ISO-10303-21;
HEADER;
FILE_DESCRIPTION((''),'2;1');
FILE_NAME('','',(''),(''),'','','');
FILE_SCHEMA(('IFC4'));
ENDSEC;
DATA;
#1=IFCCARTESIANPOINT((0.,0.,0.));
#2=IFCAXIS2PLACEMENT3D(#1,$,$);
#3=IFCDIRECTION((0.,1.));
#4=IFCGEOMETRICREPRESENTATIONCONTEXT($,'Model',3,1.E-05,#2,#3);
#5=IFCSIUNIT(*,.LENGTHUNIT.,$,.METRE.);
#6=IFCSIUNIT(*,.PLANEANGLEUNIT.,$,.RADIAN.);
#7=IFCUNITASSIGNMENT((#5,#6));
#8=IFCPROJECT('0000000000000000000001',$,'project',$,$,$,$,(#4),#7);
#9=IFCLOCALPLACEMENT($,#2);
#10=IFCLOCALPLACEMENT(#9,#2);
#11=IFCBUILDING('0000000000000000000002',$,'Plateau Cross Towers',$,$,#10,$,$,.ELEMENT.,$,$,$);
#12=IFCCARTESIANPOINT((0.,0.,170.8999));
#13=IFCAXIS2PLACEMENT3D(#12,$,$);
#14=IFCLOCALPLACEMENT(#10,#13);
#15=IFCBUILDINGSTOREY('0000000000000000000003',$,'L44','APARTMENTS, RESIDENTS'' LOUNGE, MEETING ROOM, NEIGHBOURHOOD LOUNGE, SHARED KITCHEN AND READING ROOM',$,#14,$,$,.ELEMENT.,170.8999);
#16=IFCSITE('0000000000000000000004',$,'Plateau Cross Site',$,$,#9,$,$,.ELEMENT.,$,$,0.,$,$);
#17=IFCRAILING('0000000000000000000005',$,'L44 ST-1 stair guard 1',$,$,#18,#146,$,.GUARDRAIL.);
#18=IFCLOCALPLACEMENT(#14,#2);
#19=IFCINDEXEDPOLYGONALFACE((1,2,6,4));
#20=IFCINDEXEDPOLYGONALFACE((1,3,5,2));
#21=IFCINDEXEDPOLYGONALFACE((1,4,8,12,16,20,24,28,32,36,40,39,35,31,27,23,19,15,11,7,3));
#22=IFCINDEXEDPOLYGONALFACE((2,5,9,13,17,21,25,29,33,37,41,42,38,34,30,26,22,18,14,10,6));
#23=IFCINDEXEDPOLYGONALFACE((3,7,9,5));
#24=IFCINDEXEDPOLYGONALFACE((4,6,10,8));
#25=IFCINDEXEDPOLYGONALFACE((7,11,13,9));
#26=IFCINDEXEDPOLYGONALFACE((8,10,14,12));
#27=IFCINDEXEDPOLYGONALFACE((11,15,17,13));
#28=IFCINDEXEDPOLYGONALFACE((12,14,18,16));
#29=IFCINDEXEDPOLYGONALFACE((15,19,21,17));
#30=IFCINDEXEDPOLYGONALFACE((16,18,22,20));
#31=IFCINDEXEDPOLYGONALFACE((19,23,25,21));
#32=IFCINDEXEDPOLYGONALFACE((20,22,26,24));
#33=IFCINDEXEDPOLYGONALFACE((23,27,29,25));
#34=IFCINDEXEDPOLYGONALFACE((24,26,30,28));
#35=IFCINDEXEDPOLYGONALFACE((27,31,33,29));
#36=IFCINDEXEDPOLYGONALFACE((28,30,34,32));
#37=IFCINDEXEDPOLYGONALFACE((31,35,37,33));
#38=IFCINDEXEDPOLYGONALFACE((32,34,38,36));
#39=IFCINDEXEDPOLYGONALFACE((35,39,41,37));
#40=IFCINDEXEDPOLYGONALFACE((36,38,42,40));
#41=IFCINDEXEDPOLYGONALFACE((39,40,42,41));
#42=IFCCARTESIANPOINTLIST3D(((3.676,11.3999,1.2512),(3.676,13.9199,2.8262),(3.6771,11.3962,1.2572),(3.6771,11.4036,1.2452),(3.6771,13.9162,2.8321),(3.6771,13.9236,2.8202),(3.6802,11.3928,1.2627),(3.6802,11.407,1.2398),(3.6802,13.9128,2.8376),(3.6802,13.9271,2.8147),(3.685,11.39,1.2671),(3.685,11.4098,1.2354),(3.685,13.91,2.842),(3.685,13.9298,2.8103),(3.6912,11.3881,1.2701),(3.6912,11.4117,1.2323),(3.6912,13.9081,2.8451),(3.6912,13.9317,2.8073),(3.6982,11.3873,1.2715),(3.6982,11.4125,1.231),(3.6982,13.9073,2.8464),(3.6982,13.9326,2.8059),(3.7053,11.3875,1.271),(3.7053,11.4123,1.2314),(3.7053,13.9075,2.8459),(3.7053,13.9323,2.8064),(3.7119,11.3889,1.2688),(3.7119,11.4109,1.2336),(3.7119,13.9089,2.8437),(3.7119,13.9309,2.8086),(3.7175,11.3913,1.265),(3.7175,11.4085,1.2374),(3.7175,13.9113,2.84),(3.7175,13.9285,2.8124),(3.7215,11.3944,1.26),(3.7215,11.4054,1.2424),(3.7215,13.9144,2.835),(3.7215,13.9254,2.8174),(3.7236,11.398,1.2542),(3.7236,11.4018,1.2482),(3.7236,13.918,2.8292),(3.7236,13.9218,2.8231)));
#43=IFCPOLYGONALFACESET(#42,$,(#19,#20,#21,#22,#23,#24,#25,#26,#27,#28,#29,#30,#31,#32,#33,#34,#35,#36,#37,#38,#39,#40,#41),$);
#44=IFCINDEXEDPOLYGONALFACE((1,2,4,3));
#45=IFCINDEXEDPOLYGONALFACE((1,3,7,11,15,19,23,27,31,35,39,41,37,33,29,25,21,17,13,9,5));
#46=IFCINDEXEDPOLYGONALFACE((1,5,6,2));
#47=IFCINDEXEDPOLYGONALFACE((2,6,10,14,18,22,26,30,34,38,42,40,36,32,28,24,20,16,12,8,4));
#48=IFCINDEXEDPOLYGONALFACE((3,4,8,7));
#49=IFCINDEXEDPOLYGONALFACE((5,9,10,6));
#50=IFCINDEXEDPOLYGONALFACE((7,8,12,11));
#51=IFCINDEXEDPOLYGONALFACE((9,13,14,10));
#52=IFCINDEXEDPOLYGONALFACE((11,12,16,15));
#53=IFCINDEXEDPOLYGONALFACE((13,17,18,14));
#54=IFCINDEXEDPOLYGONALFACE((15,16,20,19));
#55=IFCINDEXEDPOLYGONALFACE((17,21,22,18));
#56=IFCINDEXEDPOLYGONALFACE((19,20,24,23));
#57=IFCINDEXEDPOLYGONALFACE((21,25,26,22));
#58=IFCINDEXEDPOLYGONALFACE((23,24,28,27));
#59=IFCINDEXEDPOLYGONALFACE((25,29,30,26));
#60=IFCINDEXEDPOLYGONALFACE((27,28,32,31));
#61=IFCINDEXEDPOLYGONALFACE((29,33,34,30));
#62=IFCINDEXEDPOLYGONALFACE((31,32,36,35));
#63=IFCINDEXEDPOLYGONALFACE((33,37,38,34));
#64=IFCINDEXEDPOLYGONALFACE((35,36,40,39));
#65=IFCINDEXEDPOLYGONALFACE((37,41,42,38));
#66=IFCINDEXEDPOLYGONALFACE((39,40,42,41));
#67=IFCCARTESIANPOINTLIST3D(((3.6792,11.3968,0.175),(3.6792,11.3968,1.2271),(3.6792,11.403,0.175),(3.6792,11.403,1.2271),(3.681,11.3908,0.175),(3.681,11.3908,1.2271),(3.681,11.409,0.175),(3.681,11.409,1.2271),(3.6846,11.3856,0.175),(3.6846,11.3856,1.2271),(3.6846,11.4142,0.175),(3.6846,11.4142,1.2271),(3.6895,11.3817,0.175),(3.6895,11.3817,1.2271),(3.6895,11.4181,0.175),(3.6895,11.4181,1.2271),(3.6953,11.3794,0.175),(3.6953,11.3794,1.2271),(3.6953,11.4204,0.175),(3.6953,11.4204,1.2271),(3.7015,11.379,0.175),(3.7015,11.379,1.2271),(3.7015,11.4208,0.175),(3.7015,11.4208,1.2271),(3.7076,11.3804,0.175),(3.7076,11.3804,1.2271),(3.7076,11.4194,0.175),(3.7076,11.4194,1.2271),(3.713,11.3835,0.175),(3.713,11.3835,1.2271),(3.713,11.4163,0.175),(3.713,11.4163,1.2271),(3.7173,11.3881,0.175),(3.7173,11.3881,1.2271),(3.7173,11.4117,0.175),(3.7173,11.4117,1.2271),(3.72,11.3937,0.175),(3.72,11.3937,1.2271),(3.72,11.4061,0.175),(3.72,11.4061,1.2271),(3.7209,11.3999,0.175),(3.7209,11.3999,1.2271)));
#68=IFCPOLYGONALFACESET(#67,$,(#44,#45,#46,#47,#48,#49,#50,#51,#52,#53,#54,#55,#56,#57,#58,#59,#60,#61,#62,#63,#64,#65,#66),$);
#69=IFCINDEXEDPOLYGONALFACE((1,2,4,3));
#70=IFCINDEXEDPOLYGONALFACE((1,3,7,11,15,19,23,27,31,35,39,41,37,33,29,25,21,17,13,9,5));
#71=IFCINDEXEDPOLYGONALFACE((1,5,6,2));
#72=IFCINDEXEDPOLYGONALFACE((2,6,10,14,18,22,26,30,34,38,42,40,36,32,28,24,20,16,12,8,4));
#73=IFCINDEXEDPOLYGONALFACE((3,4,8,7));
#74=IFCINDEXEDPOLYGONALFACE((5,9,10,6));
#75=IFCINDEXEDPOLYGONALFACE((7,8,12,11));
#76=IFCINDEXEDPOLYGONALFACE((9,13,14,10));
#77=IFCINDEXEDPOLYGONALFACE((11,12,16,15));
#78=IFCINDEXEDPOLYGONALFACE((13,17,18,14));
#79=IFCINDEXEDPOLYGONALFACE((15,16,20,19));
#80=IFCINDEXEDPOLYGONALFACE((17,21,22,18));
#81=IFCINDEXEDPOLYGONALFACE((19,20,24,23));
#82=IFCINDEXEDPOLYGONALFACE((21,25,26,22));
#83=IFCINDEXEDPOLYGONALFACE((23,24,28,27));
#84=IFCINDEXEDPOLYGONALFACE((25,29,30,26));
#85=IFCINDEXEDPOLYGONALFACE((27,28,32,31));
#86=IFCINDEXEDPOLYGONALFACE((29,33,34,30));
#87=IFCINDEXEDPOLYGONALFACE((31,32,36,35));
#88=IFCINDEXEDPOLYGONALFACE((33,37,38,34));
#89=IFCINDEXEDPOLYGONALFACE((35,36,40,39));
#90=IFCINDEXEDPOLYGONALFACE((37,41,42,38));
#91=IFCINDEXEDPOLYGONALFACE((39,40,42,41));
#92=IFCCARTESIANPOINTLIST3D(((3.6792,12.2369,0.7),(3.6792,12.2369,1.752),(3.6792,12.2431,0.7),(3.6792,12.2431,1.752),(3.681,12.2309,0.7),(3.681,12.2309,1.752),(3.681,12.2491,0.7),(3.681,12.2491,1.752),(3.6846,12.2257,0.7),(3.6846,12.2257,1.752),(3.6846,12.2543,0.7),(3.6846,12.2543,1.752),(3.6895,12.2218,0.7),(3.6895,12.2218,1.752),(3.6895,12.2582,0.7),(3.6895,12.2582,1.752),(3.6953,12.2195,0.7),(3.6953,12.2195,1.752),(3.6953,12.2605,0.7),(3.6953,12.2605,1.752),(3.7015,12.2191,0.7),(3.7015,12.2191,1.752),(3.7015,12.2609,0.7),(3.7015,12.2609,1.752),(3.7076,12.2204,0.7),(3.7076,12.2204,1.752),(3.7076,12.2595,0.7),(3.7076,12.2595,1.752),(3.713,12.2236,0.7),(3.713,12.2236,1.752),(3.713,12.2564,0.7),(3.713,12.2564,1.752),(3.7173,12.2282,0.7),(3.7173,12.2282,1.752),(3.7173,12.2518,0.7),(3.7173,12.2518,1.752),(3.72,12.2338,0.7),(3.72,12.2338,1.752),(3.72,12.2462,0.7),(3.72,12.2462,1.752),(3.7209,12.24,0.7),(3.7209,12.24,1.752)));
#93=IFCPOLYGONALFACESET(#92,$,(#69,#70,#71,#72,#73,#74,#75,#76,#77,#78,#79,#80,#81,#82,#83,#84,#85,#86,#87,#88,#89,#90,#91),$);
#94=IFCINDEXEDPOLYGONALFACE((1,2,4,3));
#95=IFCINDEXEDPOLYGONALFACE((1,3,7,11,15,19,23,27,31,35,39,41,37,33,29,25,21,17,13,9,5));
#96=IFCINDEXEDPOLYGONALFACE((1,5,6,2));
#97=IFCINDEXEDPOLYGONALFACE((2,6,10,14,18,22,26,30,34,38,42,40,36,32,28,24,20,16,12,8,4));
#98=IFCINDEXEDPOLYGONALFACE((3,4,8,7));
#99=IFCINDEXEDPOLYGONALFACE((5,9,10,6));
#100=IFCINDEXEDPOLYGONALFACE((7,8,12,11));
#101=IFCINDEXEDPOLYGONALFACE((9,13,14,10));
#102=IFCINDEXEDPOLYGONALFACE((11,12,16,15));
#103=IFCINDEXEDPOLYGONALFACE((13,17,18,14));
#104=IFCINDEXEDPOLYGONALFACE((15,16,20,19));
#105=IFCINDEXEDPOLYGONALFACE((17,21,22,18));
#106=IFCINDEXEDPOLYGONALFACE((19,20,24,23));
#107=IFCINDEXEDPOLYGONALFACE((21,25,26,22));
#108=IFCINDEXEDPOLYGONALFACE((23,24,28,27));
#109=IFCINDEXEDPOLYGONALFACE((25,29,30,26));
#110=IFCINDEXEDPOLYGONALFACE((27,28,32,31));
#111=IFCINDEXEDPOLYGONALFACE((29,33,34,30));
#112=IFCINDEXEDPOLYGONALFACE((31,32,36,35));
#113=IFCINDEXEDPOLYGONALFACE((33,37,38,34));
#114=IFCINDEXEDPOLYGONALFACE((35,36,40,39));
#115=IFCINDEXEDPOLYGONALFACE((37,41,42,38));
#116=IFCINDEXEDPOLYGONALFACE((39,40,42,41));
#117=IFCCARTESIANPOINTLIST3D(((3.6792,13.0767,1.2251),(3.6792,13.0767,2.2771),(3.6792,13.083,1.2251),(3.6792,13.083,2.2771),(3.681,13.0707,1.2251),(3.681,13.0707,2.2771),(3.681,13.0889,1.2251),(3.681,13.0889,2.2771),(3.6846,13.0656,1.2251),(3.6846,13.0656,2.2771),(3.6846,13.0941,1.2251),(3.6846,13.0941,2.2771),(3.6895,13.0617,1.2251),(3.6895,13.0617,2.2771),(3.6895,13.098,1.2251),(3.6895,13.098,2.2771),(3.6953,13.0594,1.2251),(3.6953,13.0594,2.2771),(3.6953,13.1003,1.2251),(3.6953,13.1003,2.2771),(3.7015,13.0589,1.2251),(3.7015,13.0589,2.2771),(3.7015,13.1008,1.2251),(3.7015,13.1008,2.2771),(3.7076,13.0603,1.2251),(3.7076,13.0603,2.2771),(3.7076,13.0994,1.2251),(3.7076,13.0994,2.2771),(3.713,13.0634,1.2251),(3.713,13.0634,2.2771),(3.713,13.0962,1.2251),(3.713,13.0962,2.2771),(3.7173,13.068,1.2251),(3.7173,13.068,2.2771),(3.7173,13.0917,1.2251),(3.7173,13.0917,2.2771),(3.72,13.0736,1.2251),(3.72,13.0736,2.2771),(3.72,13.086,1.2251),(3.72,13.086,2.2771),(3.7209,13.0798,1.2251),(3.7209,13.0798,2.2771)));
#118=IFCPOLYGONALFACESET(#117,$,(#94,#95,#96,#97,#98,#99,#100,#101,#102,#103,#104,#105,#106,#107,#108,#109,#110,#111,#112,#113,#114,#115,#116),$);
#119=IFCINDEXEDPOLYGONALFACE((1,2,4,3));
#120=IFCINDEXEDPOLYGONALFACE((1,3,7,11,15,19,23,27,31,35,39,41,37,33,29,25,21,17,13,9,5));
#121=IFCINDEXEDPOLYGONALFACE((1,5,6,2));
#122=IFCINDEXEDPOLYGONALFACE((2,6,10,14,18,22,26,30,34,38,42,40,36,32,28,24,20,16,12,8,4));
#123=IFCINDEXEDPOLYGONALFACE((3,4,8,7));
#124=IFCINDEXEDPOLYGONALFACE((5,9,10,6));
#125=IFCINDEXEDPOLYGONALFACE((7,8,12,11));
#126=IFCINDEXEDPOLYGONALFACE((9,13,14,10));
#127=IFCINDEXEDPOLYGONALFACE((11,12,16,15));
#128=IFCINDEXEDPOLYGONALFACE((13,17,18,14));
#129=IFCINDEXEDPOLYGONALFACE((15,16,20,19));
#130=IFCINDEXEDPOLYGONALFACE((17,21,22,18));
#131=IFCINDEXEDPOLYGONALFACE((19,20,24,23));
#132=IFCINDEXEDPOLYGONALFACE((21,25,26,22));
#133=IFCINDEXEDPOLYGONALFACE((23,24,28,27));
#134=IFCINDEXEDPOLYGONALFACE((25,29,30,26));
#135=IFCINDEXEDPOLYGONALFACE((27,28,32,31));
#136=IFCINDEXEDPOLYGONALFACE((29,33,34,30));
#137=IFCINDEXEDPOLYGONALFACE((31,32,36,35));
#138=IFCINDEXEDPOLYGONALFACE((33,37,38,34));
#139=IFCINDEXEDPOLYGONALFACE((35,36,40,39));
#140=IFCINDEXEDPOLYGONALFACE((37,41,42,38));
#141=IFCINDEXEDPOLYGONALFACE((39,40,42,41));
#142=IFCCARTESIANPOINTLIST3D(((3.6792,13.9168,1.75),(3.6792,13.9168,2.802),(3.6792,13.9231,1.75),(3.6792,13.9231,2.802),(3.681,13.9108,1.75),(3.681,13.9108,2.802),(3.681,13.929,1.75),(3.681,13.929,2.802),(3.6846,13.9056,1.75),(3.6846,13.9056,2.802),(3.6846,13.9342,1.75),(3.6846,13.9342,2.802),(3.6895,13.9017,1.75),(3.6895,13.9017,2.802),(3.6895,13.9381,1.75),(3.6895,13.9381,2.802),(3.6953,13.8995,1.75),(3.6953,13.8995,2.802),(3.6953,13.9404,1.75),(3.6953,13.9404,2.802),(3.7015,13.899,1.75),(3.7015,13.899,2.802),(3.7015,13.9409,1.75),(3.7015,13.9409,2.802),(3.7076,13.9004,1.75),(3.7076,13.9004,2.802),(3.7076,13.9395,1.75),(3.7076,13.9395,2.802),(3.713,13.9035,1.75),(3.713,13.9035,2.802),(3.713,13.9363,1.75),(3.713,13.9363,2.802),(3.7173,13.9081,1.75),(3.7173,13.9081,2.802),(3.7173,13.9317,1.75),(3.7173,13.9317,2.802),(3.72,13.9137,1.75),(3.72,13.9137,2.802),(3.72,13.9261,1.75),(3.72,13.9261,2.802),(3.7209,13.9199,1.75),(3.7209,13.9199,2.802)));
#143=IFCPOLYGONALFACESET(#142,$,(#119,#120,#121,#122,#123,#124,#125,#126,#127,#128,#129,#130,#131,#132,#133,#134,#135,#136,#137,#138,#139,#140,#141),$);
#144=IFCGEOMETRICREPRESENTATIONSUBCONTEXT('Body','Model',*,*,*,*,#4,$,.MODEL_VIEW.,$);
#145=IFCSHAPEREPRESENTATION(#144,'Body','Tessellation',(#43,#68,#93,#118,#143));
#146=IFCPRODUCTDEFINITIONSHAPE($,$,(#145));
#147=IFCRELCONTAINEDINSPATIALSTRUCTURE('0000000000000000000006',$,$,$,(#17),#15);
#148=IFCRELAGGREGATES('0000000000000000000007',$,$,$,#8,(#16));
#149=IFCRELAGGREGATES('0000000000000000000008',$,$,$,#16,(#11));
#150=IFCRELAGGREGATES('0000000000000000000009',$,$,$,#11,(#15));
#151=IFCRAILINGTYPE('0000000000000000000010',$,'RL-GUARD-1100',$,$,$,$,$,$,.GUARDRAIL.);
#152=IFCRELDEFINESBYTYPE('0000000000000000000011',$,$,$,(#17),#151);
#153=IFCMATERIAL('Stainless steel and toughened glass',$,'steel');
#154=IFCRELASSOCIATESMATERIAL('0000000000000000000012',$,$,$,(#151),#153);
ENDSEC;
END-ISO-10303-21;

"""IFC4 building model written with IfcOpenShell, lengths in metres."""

from ifc_helpers import new_model, si_unit, direction, frame, origin, origin_2d, place, context, subcontext, project, spatial, circle, extrude, material, type_object, element, save


model = new_model("IFC4")

# Units and contexts
model_context = context("Model", 3, precision=1e-05, world=origin(), true_north=direction((0.0, 1.0)))
body_context = subcontext(model_context, "Body", "Model", "MODEL_VIEW")
ifc_project = project(units=[si_unit("LENGTHUNIT", "METRE"), si_unit("PLANEANGLEUNIT", "RADIAN")], contexts=[model_context])

# Site, building, storey
site_placement = place(None, origin())
site = spatial("IfcSite", under=ifc_project, at=site_placement, Name="Plateau Cross Site", CompositionType="ELEMENT", RefElevation=0.0)
building_placement = place(site_placement, origin())
building = spatial("IfcBuilding", under=site, at=building_placement, Name="Plateau Cross Towers", CompositionType="ELEMENT")
storey_placement = place(building_placement, frame((0.0, 0.0, 170.8999)))
storey = spatial("IfcBuildingStorey", under=building, at=storey_placement, Name="L44", Description="APARTMENTS, RESIDENTS' LOUNGE, MEETING ROOM, NEIGHBOURHOOD LOUNGE, SHARED KITCHEN AND READING ROOM", CompositionType="ELEMENT", Elevation=170.8999)

# Railing
ifc_material_1 = material(Name="Stainless steel and toughened glass", Category="steel")
railing_type_1 = type_object("IfcRailingType", Name="RL-GUARD-1100", PredefinedType="GUARDRAIL", material=ifc_material_1)
railing_1_placement = place(storey_placement, frame((3.7, 11.3999, 0.175)))
element("IfcRailing", 1, at=railing_1_placement, inside=storey, type_object=railing_type_1, Name="L44 ST-1 stair guard 1", PredefinedType="GUARDRAIL", context=body_context, shape_type="SweptSolid", body=[
    extrude(circle(Radius=0.0239, at=origin_2d()), frame((0.0, 0.0, 1.0762), z_axis=(0.0, 0.848008, 0.529984), x_axis=(-1.0, 0.0, 0.0)), (0.0, 0.0, 1.0), 2.9717),
    extrude(circle(Radius=0.021, at=origin_2d()), origin(), (0.0, 0.0, 1.0), 1.052),
    extrude(circle(Radius=0.021, at=origin_2d()), frame((0.0, 0.8401, 0.5249)), (0.0, 0.0, 1.0), 1.052),
    extrude(circle(Radius=0.021, at=origin_2d()), frame((0.0, 1.6799, 1.05)), (0.0, 0.0, 1.0), 1.052),
    extrude(circle(Radius=0.021, at=origin_2d()), frame((0.0, 2.52, 1.575)), (0.0, 0.0, 1.0), 1.052),
])

save(model, "model.ifc")
